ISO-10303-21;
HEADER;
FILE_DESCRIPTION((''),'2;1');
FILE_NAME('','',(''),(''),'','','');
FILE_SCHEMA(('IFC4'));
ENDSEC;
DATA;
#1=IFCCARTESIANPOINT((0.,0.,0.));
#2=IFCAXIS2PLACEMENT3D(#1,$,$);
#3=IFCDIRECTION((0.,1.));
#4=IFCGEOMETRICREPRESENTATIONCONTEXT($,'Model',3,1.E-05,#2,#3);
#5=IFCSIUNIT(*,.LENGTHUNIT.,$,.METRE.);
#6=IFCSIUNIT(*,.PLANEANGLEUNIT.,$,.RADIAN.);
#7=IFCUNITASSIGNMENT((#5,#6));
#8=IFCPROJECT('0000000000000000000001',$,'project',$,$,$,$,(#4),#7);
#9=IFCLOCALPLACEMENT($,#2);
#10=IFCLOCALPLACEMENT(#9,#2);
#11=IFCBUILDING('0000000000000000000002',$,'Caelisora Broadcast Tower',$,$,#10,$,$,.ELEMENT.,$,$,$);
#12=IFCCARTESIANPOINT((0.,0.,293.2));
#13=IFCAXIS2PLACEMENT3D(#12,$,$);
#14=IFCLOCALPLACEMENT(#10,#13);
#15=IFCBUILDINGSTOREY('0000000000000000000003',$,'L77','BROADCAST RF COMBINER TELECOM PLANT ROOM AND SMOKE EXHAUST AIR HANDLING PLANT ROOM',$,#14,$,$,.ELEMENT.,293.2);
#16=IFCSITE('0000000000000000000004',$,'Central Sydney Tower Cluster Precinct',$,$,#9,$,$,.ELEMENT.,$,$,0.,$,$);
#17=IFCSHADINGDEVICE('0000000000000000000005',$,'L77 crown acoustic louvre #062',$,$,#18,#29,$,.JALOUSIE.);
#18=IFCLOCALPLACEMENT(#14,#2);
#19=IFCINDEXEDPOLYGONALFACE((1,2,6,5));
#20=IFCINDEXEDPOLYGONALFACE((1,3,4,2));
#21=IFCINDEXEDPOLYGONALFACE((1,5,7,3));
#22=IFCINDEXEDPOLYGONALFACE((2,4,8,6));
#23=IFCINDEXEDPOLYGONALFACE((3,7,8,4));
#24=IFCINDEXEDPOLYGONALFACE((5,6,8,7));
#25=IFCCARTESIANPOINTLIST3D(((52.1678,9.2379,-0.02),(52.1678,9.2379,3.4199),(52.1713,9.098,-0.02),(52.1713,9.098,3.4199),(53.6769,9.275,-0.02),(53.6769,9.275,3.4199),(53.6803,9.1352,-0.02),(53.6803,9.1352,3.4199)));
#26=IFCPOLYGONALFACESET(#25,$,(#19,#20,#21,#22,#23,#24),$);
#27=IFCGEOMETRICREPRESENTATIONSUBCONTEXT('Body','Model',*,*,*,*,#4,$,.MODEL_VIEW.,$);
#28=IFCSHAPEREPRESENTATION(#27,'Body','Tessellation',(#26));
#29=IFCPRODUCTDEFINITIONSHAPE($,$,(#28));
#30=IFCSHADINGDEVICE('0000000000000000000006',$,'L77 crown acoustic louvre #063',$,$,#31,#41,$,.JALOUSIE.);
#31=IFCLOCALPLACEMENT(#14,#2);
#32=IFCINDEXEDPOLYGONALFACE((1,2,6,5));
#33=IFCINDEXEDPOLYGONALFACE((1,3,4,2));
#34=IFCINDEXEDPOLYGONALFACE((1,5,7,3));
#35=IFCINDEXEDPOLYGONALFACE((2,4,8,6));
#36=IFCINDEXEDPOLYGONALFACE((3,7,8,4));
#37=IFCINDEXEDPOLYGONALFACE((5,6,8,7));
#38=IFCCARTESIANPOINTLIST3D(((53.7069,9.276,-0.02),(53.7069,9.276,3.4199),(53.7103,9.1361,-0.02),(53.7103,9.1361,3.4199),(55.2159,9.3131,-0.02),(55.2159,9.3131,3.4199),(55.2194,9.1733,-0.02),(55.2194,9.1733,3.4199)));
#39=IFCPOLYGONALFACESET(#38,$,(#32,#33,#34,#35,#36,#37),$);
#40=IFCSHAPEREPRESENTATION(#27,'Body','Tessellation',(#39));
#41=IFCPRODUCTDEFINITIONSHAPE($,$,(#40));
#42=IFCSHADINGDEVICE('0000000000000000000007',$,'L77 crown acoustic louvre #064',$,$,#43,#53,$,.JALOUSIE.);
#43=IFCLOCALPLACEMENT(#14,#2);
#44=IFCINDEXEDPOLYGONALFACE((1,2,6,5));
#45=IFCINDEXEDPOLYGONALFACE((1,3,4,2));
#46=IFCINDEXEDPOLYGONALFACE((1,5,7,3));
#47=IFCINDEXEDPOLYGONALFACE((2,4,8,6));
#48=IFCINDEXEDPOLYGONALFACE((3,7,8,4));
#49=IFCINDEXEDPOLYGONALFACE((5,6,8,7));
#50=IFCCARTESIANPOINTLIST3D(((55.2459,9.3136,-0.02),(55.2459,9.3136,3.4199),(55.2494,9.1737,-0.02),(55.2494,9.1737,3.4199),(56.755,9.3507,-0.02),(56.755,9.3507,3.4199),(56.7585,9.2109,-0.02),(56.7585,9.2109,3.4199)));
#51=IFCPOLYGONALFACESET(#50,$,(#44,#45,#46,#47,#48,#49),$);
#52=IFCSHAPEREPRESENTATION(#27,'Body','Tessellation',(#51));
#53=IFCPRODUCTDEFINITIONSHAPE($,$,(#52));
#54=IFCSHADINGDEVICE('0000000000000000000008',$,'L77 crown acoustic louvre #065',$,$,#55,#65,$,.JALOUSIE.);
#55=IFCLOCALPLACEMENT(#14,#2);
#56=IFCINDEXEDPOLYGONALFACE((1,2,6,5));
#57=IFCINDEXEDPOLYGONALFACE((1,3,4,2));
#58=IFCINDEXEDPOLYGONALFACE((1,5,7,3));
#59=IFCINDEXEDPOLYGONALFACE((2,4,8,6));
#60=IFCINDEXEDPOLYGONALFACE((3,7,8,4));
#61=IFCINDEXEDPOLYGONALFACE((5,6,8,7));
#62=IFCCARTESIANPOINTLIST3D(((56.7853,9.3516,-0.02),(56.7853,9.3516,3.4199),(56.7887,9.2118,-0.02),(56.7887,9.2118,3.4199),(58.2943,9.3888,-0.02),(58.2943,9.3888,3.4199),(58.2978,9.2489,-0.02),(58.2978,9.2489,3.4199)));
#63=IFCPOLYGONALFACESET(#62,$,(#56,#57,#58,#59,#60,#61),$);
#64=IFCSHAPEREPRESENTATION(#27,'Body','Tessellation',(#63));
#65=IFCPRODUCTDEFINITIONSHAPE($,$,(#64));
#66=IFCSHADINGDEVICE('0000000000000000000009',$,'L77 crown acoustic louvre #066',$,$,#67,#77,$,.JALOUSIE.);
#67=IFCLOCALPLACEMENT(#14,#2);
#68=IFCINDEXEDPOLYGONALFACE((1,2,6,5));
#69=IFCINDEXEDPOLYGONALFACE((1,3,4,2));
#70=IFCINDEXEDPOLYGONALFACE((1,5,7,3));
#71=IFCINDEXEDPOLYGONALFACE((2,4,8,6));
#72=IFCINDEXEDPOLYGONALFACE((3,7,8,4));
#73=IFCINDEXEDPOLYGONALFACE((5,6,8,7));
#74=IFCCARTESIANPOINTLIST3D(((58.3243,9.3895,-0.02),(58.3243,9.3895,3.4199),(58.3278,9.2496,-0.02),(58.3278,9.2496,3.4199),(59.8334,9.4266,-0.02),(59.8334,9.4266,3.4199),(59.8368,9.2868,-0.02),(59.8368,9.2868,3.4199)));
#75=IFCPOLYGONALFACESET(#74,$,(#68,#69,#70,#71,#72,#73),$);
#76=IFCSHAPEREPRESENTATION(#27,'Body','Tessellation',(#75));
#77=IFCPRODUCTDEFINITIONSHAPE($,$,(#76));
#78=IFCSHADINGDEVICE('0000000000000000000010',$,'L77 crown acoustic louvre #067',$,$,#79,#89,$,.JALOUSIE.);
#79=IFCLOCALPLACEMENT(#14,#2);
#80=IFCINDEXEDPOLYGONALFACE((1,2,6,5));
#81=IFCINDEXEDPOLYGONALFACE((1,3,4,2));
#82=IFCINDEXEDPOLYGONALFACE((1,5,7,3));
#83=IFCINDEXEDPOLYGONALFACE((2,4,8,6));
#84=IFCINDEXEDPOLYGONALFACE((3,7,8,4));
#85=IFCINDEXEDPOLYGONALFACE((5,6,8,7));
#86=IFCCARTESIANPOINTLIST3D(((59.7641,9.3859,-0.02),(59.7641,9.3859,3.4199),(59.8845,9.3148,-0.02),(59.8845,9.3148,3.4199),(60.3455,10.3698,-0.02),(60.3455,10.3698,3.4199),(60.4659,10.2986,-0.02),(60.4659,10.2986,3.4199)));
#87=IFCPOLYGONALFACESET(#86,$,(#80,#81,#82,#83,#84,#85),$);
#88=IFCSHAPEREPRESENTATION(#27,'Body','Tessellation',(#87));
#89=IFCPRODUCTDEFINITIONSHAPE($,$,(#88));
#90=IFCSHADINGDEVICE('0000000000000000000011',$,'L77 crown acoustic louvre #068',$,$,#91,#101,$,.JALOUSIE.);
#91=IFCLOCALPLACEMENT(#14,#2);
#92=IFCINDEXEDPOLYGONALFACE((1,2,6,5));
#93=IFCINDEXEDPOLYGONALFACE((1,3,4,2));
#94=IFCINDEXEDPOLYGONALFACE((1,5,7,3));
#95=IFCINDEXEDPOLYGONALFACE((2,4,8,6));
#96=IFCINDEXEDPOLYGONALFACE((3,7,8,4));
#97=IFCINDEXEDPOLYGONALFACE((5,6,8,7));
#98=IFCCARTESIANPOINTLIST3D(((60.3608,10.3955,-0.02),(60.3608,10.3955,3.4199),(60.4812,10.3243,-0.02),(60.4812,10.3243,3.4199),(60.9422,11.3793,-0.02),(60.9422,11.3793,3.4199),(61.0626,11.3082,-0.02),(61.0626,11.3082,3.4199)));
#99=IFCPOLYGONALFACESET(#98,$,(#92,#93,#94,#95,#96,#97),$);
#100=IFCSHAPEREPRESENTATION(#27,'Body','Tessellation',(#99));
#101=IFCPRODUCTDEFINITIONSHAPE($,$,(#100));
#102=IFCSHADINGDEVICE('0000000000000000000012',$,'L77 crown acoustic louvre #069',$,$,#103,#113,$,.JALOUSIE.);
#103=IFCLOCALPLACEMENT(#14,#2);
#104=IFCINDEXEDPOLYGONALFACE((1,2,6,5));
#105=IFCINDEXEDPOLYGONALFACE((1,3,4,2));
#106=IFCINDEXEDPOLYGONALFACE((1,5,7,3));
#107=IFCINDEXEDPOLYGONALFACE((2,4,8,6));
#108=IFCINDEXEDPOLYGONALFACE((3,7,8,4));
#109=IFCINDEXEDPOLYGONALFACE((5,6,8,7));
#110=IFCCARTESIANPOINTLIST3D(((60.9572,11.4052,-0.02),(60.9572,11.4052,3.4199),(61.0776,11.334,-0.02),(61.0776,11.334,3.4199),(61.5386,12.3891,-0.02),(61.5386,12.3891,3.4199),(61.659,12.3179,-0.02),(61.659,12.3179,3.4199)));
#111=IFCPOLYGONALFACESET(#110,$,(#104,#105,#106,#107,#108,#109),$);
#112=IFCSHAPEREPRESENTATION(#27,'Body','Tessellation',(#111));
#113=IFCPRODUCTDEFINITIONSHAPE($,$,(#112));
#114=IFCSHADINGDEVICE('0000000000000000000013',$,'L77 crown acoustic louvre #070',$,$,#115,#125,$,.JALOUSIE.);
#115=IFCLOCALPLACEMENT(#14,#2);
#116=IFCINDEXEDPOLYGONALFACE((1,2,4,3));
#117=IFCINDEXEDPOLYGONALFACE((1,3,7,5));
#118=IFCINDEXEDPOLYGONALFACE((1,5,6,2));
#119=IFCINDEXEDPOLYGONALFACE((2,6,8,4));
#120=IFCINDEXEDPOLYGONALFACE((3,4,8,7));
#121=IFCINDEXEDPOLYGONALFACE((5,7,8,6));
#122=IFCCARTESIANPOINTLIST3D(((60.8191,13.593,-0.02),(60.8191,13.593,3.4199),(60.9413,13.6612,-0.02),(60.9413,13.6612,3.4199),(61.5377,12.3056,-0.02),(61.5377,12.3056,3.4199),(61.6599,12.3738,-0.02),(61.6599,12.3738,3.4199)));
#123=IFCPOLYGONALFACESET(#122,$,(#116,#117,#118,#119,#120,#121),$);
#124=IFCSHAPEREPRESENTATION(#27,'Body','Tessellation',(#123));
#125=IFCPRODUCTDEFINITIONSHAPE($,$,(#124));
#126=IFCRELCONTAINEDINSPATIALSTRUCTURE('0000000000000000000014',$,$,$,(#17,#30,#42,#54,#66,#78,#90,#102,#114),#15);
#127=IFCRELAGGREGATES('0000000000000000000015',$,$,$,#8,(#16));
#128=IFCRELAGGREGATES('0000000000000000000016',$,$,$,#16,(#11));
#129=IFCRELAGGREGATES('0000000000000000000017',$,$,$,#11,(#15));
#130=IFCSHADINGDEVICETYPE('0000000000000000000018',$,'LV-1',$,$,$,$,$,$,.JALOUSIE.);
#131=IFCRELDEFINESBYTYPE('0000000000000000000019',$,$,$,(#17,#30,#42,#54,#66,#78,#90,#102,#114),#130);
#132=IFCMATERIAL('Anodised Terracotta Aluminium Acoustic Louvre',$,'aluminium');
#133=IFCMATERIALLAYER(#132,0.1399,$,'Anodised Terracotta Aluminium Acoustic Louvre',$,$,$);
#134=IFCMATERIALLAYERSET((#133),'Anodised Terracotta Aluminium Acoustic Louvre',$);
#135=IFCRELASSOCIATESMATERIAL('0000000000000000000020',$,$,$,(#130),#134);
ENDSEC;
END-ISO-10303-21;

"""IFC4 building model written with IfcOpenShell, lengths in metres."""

from ifc_helpers import new_model, si_unit, direction, frame, origin, origin_2d, place, context, subcontext, project, spatial, rectangle, extrude, source, transform, mapped, material, layer, layer_set, type_object, type_shapes, element, save


model = new_model("IFC4")

# Units and contexts
model_context = context("Model", 3, precision=1e-05, world=origin(), true_north=direction((0.0, 1.0)))
body_context = subcontext(model_context, "Body", "Model", "MODEL_VIEW")
ifc_project = project(units=[si_unit("LENGTHUNIT", "METRE"), si_unit("PLANEANGLEUNIT", "RADIAN")], contexts=[model_context])

# Site, building, storey
site_placement = place(None, origin())
site = spatial("IfcSite", under=ifc_project, at=site_placement, Name="Central Sydney Tower Cluster Precinct", CompositionType="ELEMENT", RefElevation=0.0)
building_placement = place(site_placement, origin())
building = spatial("IfcBuilding", under=site, at=building_placement, Name="Caelisora Broadcast Tower", CompositionType="ELEMENT")
storey_placement = place(building_placement, frame((0.0, 0.0, 293.2)))
storey = spatial("IfcBuildingStorey", under=building, at=storey_placement, Name="L77", Description="BROADCAST RF COMBINER TELECOM PLANT ROOM AND SMOKE EXHAUST AIR HANDLING PLANT ROOM", CompositionType="ELEMENT", Elevation=293.2)

# Shading devices
ifc_material_1 = material(Name="Anodised Terracotta Aluminium Acoustic Louvre", Category="aluminium")
ifc_layer_1 = layer(ifc_material_1, 0.1399, Name="Anodised Terracotta Aluminium Acoustic Louvre")
ifc_layer_set_1 = layer_set([ifc_layer_1], Name="Anodised Terracotta Aluminium Acoustic Louvre")
shading_device_type = type_object("IfcShadingDeviceType", Name="LV-1", PredefinedType="JALOUSIE", material=ifc_layer_set_1)
shared_shape_1 = source(origin(), body_context, "Body", "SweptSolid", [
    extrude(rectangle(XDim=1.5095, YDim=0.1399, at=origin_2d()), origin(), (0.0, 0.0, 1.0), 3.4399),
])
for number, where, z_axis, x_axis, name in (
    (1, (52.9241, 9.1865, -0.02), (0.0, 0.0, 1.0), (0.999697, 0.024607, 0.0), "L77 crown acoustic louvre #062"),
    (2, (54.4631, 9.2246, -0.02), (0.0, 0.0, 1.0), (0.999697, 0.024607, 0.0), "L77 crown acoustic louvre #063"),
    (3, (56.0022, 9.2622, -0.02), (0.0, 0.0, 1.0), (0.999697, 0.024607, 0.0), "L77 crown acoustic louvre #064"),
    (4, (57.5415, 9.3003, -0.02), (0.0, 0.0, 1.0), (0.999697, 0.024607, 0.0), "L77 crown acoustic louvre #065"),
    (5, (59.0806, 9.3381, -0.02), (0.0, 0.0, 1.0), (0.999697, 0.024607, 0.0), "L77 crown acoustic louvre #066"),
):
    element("IfcShadingDevice", number, at=place(storey_placement, frame(where, z_axis=z_axis, x_axis=x_axis)), inside=storey, type_object=shading_device_type, Name=name, PredefinedType="JALOUSIE", context=body_context, shape_type="MappedRepresentation", body=[
        mapped(shared_shape_1, transform((0.0, 0.0, 0.0), scale=1.0)),
    ])
shared_shape_2 = source(origin(), body_context, "Body", "SweptSolid", [
    extrude(rectangle(XDim=1.1428, YDim=0.1399, at=origin_2d()), origin(), (0.0, 0.0, 1.0), 3.4399),
])
for number, where, z_axis, x_axis, name in (
    (6, (60.115, 9.8423, -0.02), (0.0, 0.0, 1.0), (0.508741, 0.86092, 0.0), "L77 crown acoustic louvre #067"),
    (7, (60.7117, 10.8518, -0.02), (0.0, 0.0, 1.0), (0.508741, 0.86092, 0.0), "L77 crown acoustic louvre #068"),
    (8, (61.3081, 11.8616, -0.02), (0.0, 0.0, 1.0), (0.508741, 0.86092, 0.0), "L77 crown acoustic louvre #069"),
):
    element("IfcShadingDevice", number, at=place(storey_placement, frame(where, z_axis=z_axis, x_axis=x_axis)), inside=storey, type_object=shading_device_type, Name=name, PredefinedType="JALOUSIE", context=body_context, shape_type="MappedRepresentation", body=[
        mapped(shared_shape_2, transform((0.0, 0.0, 0.0), scale=1.0)),
    ])
shared_shape_3 = source(origin(), body_context, "Body", "SweptSolid", [
    extrude(rectangle(XDim=1.4744, YDim=0.1399, at=origin_2d()), origin(), (0.0, 0.0, 1.0), 3.4399),
])
type_shapes(shading_device_type, [shared_shape_1, shared_shape_2, shared_shape_3])
shading_device_placement = place(storey_placement, frame((61.2395, 12.9834, -0.02), z_axis=(0.0, 0.0, 1.0), x_axis=(-0.487403, 0.873177, 0.0)))
element("IfcShadingDevice", 9, at=shading_device_placement, inside=storey, type_object=shading_device_type, Name="L77 crown acoustic louvre #070", PredefinedType="JALOUSIE", context=body_context, shape_type="MappedRepresentation", body=[
    mapped(shared_shape_3, transform((0.0, 0.0, 0.0), scale=1.0)),
])

save(model, "model.ifc")
